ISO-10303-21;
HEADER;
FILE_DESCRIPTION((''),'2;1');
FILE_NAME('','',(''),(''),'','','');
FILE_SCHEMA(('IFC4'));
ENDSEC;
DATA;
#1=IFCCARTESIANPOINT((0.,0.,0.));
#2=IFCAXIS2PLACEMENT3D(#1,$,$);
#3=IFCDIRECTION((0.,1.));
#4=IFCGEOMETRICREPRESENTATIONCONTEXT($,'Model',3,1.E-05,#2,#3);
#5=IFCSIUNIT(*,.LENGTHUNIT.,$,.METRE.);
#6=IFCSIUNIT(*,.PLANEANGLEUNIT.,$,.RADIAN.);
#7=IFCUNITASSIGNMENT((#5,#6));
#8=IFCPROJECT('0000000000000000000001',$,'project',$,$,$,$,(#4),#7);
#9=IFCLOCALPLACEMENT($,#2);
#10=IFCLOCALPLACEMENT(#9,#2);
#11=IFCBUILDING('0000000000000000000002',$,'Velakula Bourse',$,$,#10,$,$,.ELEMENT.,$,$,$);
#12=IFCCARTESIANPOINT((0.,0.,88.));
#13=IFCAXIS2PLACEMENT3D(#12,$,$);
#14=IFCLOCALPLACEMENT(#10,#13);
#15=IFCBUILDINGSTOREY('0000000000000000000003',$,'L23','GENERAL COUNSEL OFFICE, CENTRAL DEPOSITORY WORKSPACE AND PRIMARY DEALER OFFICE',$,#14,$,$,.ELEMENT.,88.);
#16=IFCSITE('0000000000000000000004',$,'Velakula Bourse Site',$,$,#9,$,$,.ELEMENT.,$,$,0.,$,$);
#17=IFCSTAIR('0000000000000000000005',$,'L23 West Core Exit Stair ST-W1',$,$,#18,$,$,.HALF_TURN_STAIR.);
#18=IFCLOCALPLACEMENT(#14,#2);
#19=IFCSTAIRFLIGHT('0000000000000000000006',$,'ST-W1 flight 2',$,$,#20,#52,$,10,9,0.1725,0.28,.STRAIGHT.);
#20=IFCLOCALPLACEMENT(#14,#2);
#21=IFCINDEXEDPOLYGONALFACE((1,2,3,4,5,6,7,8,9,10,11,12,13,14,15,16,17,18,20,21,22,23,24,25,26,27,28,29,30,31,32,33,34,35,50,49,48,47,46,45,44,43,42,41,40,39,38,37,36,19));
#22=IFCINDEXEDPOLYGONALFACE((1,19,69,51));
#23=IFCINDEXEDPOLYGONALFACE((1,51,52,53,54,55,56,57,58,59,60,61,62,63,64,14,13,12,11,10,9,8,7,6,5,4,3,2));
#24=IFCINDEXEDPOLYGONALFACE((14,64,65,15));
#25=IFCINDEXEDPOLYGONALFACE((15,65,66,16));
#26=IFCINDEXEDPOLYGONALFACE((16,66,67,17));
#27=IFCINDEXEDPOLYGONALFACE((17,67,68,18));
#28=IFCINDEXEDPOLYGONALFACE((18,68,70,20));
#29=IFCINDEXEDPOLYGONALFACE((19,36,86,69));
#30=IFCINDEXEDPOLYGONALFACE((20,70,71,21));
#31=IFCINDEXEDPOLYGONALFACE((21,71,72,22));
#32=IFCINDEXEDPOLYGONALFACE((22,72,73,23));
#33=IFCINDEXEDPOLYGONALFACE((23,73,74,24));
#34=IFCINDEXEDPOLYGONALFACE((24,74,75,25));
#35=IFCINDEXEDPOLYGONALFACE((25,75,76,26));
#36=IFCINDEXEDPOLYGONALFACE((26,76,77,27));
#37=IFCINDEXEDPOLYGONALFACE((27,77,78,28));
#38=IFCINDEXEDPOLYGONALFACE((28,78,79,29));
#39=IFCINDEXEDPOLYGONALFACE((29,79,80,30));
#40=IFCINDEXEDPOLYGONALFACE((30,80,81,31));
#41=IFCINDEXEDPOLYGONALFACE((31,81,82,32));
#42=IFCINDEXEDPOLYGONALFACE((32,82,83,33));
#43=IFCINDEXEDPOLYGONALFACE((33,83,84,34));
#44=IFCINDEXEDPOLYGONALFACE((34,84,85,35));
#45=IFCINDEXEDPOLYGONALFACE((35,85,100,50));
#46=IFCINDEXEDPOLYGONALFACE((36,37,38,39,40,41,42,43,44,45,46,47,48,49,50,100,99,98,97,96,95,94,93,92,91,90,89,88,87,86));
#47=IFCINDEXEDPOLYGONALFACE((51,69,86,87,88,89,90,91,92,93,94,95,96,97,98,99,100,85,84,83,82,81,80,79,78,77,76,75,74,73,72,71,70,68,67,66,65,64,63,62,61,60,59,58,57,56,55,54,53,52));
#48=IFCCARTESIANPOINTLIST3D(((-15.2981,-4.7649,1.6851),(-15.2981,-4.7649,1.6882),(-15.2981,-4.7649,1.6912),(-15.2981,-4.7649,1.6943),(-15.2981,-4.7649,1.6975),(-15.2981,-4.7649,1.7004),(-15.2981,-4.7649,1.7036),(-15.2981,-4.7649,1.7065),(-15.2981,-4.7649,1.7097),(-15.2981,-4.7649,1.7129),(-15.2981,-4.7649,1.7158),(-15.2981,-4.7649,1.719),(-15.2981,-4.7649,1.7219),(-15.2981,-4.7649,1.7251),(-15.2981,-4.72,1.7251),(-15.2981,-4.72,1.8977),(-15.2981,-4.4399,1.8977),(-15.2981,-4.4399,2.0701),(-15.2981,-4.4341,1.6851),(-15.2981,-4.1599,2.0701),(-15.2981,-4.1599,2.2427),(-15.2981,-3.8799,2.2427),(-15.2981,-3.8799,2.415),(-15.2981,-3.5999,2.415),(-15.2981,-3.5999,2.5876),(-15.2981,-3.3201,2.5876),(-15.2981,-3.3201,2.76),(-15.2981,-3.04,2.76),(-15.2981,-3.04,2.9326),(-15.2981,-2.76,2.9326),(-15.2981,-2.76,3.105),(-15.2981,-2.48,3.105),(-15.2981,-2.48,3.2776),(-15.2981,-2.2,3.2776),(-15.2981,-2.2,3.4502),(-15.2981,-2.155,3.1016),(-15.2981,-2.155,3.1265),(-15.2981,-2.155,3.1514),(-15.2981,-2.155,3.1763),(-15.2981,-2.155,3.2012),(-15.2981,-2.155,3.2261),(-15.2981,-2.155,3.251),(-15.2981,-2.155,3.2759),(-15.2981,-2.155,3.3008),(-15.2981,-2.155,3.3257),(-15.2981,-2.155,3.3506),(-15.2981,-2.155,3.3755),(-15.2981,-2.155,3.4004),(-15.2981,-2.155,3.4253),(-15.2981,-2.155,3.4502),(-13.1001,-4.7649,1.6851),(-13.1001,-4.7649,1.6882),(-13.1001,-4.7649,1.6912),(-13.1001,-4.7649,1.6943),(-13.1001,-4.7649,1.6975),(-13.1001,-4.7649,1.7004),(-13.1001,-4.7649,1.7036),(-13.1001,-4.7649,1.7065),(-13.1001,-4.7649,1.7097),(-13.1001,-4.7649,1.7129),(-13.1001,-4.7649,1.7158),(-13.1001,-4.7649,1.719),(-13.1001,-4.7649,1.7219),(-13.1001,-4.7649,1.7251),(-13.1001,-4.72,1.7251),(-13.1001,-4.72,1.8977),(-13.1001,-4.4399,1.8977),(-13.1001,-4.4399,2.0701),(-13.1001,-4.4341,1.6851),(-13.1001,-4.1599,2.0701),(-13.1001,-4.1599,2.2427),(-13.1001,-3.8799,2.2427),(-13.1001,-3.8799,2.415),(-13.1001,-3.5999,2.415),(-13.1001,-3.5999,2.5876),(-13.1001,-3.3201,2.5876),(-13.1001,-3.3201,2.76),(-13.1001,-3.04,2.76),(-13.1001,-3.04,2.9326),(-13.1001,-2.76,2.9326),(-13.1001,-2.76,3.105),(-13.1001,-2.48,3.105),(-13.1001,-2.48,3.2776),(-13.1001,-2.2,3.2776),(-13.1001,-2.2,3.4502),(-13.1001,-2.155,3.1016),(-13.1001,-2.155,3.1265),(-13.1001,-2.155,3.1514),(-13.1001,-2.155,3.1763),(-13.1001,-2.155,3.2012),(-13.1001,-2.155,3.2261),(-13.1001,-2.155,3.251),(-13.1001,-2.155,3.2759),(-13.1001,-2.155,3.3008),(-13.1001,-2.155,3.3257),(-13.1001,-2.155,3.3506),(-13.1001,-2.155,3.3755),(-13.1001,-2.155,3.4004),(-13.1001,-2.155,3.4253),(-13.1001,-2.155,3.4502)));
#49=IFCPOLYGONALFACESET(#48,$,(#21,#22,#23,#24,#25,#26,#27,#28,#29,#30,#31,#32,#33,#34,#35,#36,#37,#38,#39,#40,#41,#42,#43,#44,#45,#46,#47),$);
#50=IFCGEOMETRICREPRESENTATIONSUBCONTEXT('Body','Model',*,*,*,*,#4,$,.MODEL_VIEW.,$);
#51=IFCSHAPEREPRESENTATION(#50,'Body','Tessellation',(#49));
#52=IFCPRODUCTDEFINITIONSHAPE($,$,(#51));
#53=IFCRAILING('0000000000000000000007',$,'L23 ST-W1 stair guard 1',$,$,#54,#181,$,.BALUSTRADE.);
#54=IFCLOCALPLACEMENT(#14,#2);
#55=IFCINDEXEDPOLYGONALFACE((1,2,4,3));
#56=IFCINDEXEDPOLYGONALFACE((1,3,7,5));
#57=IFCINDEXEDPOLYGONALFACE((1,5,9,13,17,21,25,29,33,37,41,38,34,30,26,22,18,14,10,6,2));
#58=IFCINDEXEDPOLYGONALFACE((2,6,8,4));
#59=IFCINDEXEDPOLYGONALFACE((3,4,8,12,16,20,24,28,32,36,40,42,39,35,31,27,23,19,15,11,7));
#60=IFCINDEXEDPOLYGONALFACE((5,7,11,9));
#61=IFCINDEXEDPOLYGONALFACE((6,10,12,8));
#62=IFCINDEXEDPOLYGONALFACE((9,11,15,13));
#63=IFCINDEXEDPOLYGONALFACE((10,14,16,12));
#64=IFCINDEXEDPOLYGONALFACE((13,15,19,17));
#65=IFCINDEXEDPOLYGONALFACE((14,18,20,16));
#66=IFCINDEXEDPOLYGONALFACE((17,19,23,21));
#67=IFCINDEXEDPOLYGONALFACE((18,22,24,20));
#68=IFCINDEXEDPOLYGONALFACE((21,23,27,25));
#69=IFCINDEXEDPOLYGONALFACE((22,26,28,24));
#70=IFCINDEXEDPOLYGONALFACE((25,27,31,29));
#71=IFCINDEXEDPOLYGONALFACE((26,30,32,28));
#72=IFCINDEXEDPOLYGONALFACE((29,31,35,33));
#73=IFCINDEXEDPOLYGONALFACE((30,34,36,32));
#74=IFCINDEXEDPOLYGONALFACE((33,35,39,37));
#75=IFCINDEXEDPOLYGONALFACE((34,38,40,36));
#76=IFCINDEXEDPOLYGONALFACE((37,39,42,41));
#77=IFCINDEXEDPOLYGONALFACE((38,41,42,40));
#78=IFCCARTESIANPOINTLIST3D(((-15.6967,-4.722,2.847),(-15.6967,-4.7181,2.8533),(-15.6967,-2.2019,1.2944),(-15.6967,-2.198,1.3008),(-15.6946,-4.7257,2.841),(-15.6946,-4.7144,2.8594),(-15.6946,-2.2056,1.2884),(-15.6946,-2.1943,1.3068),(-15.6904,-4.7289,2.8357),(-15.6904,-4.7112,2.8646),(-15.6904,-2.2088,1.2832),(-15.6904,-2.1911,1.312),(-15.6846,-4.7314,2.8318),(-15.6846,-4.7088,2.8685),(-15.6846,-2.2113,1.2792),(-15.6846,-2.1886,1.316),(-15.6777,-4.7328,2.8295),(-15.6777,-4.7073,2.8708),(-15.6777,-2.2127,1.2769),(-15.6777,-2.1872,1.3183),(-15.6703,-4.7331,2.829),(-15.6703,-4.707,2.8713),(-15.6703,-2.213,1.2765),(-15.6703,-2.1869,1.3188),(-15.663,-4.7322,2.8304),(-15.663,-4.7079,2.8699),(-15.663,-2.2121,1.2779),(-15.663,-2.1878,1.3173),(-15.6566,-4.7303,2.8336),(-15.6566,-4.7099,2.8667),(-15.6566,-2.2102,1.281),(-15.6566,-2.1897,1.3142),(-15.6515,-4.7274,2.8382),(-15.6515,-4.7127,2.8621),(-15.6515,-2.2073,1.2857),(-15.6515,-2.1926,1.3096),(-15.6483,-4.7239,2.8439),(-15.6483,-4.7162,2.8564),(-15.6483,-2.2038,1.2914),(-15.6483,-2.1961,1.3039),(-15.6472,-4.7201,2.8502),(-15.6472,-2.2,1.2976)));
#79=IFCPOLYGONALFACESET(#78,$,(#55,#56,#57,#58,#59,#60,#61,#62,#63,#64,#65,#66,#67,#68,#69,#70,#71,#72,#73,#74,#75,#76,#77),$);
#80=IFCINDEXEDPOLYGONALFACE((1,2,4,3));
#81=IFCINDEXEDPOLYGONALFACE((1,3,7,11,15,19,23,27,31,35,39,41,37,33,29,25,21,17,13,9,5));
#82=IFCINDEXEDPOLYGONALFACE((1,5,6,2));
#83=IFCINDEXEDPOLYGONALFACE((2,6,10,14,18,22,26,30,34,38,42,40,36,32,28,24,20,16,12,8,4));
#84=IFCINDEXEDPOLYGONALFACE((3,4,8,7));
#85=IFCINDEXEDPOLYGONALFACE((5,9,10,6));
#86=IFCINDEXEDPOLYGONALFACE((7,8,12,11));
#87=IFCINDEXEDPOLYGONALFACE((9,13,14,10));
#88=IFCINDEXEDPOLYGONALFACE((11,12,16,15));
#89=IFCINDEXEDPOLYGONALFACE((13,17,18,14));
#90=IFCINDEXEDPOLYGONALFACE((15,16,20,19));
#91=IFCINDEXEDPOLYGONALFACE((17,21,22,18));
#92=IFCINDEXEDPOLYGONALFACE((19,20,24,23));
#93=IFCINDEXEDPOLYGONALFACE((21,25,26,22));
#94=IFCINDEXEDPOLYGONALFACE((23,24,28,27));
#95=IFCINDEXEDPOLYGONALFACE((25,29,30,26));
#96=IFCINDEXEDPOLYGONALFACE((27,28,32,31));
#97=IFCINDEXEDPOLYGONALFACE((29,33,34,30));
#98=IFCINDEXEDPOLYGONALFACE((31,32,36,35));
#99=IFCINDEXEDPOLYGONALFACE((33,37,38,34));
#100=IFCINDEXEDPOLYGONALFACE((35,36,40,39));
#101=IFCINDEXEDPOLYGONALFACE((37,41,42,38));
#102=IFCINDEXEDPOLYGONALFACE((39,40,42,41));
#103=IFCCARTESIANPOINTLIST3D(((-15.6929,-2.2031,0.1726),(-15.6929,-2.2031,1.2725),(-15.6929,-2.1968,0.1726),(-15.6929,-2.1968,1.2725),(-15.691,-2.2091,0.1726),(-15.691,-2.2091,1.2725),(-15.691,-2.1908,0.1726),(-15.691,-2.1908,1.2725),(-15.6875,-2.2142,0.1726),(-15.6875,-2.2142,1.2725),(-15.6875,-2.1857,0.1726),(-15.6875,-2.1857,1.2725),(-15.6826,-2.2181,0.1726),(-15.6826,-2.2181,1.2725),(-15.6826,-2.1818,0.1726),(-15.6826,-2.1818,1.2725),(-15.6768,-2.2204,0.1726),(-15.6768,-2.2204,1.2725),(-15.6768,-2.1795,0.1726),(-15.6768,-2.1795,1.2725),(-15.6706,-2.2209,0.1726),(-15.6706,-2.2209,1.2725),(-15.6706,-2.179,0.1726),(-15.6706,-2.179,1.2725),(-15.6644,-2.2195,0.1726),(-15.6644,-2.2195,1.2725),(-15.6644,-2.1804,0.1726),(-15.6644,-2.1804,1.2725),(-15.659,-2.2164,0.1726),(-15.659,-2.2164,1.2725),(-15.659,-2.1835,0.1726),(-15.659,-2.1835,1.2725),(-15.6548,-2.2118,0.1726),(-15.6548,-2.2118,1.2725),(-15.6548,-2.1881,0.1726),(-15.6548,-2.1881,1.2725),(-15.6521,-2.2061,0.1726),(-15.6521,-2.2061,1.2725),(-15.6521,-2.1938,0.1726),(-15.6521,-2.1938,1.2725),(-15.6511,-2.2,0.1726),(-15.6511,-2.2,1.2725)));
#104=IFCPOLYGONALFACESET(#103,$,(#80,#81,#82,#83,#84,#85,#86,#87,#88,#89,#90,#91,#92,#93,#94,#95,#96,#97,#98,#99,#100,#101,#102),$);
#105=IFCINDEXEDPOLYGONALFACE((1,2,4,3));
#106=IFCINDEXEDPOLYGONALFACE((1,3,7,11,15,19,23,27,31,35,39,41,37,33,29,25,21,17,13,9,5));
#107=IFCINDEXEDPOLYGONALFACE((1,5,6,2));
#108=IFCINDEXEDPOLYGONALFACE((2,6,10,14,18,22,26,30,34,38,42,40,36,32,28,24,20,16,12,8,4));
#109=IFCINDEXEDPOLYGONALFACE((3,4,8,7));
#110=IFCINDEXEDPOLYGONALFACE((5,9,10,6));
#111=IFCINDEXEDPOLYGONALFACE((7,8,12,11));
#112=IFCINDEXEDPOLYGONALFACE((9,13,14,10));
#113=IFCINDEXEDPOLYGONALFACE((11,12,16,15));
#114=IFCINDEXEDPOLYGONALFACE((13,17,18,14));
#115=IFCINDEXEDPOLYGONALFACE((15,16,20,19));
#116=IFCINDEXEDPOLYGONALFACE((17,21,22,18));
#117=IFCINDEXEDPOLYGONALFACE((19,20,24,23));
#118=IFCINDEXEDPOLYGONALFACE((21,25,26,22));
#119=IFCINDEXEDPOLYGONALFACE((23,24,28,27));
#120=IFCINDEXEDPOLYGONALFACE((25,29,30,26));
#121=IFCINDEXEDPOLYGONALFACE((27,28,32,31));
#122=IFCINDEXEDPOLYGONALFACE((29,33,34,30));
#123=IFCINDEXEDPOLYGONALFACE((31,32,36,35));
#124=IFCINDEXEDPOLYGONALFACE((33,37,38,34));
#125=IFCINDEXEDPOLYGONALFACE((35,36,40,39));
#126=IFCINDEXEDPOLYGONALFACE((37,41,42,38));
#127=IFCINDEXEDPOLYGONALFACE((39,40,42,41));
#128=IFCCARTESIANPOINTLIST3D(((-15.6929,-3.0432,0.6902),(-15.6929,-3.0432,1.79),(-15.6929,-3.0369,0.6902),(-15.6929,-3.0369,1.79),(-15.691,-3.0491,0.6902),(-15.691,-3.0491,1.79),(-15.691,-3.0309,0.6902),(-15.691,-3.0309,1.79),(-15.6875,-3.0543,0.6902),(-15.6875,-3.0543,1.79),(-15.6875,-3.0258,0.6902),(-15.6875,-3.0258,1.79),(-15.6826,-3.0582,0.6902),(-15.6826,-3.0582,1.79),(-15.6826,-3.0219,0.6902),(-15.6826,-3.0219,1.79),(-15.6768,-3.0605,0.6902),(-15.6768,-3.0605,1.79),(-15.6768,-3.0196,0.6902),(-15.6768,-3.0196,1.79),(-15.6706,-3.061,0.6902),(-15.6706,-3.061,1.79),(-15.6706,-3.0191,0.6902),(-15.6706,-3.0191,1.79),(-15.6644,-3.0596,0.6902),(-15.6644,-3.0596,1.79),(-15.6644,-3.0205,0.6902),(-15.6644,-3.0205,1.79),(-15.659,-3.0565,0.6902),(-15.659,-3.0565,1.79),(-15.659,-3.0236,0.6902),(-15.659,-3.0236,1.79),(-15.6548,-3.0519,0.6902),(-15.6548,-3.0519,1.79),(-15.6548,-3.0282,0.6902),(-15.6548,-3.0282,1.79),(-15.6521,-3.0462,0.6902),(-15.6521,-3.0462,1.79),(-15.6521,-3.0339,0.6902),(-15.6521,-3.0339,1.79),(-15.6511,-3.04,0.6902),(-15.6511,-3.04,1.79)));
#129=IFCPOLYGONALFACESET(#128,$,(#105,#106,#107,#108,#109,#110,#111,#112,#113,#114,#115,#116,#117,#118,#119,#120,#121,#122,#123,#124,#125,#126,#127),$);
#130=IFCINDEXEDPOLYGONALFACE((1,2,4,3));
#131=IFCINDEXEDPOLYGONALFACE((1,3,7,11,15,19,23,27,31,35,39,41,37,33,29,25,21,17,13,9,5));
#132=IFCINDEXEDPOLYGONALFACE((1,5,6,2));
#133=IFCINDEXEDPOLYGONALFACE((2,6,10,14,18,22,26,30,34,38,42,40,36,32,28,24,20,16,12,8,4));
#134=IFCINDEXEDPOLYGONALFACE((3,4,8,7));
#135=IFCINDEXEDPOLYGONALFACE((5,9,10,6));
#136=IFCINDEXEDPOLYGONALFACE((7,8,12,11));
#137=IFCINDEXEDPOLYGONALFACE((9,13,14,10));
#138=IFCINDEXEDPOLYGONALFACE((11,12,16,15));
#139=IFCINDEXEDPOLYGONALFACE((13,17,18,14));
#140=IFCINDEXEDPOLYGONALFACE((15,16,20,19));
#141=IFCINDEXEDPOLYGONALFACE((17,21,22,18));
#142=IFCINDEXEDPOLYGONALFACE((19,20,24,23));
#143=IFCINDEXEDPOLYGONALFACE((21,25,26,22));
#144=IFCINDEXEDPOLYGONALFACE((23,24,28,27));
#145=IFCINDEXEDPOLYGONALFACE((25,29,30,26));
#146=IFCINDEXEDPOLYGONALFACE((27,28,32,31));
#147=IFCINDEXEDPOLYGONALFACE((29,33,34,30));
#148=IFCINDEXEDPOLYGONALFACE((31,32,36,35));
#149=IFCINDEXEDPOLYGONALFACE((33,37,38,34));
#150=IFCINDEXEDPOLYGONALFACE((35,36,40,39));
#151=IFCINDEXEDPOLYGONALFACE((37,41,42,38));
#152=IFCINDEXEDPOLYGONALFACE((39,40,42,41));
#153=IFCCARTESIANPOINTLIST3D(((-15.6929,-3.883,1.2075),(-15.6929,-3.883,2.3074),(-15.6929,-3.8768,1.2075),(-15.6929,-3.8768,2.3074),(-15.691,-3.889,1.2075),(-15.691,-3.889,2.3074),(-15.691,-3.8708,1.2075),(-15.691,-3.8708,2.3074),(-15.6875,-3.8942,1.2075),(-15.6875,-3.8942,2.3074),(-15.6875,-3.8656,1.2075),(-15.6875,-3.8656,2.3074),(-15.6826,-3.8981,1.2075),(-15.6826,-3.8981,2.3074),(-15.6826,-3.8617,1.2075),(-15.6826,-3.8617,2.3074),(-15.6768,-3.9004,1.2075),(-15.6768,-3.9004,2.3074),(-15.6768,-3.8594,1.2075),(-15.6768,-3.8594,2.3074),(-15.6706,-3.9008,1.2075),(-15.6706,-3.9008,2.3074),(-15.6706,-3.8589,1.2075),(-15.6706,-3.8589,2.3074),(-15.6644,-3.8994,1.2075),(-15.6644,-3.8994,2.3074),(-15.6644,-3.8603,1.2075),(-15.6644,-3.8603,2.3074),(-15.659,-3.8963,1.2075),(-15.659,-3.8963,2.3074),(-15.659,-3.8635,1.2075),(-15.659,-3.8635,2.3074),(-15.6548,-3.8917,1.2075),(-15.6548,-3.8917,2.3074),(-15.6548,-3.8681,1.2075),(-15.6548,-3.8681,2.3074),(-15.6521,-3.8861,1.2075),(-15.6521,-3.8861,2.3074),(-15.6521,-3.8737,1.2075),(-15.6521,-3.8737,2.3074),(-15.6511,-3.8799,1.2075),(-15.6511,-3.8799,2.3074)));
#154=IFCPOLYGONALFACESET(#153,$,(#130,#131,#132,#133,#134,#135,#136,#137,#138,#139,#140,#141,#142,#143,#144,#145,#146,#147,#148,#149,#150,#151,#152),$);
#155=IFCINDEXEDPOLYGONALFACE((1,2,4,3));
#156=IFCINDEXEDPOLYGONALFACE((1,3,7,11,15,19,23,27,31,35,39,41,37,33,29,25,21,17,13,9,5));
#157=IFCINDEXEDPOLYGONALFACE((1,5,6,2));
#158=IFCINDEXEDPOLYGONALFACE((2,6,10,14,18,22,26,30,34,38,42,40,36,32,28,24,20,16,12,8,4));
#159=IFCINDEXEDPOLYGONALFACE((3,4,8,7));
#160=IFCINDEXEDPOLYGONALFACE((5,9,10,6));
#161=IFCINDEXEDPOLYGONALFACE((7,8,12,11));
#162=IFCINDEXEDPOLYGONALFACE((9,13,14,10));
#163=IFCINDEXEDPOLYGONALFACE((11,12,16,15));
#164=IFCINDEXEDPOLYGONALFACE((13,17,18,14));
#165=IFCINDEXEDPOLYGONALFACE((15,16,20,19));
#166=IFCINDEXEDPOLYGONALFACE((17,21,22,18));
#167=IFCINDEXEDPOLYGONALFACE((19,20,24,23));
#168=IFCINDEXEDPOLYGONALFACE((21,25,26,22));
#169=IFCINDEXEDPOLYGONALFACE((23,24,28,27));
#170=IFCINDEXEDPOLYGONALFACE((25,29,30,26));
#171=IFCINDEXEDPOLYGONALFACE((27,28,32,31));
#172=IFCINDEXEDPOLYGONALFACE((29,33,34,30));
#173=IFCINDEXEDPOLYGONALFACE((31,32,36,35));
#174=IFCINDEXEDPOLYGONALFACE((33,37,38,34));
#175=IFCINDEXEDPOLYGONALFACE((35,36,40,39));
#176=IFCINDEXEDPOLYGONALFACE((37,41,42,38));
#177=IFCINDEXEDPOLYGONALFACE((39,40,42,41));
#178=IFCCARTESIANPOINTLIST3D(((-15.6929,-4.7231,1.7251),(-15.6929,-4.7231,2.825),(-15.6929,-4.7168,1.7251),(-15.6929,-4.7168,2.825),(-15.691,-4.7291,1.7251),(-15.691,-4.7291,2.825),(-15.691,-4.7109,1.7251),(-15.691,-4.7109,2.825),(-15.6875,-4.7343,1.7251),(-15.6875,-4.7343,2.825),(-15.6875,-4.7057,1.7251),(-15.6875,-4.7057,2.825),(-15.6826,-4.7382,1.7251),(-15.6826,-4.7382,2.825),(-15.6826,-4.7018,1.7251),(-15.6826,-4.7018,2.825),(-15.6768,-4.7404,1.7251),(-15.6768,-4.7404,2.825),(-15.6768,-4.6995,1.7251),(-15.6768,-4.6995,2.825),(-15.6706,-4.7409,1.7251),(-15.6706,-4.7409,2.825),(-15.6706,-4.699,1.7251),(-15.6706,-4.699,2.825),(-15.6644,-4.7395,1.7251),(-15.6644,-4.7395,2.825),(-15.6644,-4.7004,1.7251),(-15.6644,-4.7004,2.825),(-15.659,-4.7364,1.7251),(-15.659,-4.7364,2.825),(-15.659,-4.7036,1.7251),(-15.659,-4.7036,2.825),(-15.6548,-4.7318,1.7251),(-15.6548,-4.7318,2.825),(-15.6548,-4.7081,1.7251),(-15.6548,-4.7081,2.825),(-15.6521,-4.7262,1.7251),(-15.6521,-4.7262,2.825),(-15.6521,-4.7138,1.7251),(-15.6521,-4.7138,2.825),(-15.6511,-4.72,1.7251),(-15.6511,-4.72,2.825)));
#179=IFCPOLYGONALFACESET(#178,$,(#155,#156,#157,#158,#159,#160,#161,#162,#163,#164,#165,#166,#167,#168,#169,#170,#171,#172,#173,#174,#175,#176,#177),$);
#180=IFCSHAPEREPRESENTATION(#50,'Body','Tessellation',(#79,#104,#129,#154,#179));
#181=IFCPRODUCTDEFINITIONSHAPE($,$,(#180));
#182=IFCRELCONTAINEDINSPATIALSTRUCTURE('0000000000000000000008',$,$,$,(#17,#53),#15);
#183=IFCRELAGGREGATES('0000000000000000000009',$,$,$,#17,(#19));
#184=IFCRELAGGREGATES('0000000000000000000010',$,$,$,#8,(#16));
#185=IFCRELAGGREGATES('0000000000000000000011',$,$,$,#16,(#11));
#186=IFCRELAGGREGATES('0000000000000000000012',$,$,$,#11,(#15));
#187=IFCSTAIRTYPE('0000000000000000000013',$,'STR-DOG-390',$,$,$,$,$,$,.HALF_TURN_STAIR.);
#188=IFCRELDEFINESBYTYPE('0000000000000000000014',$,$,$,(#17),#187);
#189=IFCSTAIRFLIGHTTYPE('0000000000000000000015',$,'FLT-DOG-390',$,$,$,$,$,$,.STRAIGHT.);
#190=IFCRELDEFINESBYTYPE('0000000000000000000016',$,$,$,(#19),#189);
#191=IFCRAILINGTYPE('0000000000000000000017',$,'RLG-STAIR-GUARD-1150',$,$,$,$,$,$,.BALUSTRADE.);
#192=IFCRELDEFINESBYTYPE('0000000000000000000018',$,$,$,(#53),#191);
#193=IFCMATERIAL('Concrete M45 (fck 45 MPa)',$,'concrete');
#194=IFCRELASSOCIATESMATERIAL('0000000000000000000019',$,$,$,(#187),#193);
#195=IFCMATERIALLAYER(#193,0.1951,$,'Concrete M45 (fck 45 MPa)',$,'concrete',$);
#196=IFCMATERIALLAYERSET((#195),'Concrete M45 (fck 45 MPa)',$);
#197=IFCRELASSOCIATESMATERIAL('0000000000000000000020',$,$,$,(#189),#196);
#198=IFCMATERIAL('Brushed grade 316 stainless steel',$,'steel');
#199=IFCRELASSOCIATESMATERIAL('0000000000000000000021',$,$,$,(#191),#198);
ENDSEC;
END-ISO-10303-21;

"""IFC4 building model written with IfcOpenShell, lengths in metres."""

from ifc_helpers import new_model, si_unit, direction, frame, origin, origin_2d, place, context, subcontext, project, spatial, polyline, circle, outline, extrude, material, layer, layer_set, type_object, element, aggregate, save


model = new_model("IFC4")

# Units and contexts
model_context = context("Model", 3, precision=1e-05, world=origin(), true_north=direction((0.0, 1.0)))
body_context = subcontext(model_context, "Body", "Model", "MODEL_VIEW")
ifc_project = project(units=[si_unit("LENGTHUNIT", "METRE"), si_unit("PLANEANGLEUNIT", "RADIAN")], contexts=[model_context])

# Site, building, storey
site_placement = place(None, origin())
site = spatial("IfcSite", under=ifc_project, at=site_placement, Name="Velakula Bourse Site", CompositionType="ELEMENT", RefElevation=0.0)
building_placement = place(site_placement, origin())
building = spatial("IfcBuilding", under=site, at=building_placement, Name="Velakula Bourse", CompositionType="ELEMENT")
storey_placement = place(building_placement, frame((0.0, 0.0, 88.0)))
storey = spatial("IfcBuildingStorey", under=building, at=storey_placement, Name="L23", Description="GENERAL COUNSEL OFFICE, CENTRAL DEPOSITORY WORKSPACE AND PRIMARY DEALER OFFICE", CompositionType="ELEMENT", Elevation=88.0)

# Shared definitions
ifc_material_1 = material(Name="Brushed grade 316 stainless steel", Category="steel")

# Stair, stair flight
ifc_material_2 = material(Name="Concrete M45 (fck 45 MPa)", Category="concrete")
stair_type = type_object("IfcStairType", Name="STR-DOG-390", PredefinedType="HALF_TURN_STAIR", material=ifc_material_2)
stair_placement = place(storey_placement, origin())
stair = element("IfcStair", 1, at=stair_placement, inside=storey, type_object=stair_type, Name="L23 West Core Exit Stair ST-W1", PredefinedType="HALF_TURN_STAIR")
ifc_layer_1 = layer(ifc_material_2, 0.1951, Name="Concrete M45 (fck 45 MPa)", Category="concrete")
ifc_layer_set_1 = layer_set([ifc_layer_1], Name="Concrete M45 (fck 45 MPa)")
stair_flight_type = type_object("IfcStairFlightType", Name="FLT-DOG-390", PredefinedType="STRAIGHT", material=ifc_layer_set_1)
stair_flight_1_placement = place(storey_placement, frame((-14.199, -4.72, 1.7251), z_axis=(0.0, 0.0, 1.0), x_axis=(0.0, 1.0, 0.0)))
stair_flight_1 = element("IfcStairFlight", 2, at=stair_flight_1_placement, type_object=stair_flight_type, Name="ST-W1 flight 2", NumberOfRisers=10, NumberOfTreads=9, PredefinedType="STRAIGHT", RiserHeight=0.1725, TreadLength=0.28, context=body_context, shape_type="SweptSolid", body=[
    extrude(outline(polyline([(-0.0449, -0.04), (-0.0449, -0.0369), (-0.0449, -0.0339), (-0.0449, -0.0308), (-0.0449, -0.0276), (-0.0449, -0.0247), (-0.0449, -0.0215), (-0.0449, -0.0186), (-0.0449, -0.0154), (-0.0449, -0.0122), (-0.0449, -0.0093), (-0.0449, -0.0061), (-0.0449, -0.0032), (-0.0449, 0.0), (0.0, 0.0), (0.0, 0.1726), (0.28, 0.1726), (0.28, 0.345), (0.5601, 0.345), (0.5601, 0.5176), (0.8401, 0.5176), (0.8401, 0.6899), (1.1201, 0.6899), (1.1201, 0.8625), (1.3999, 0.8625), (1.3999, 1.0349), (1.6799, 1.0349), (1.6799, 1.2075), (1.96, 1.2075), (1.96, 1.3799), (2.24, 1.3799), (2.24, 1.5525), (2.52, 1.5525), (2.52, 1.7251), (2.5649, 1.7251), (2.5649, 1.7002), (2.5649, 1.6753), (2.5649, 1.6504), (2.5649, 1.6255), (2.5649, 1.6006), (2.5649, 1.5757), (2.5649, 1.5508), (2.5649, 1.5259), (2.5649, 1.501), (2.5649, 1.4761), (2.5649, 1.4512), (2.5649, 1.4263), (2.5649, 1.4014), (2.5649, 1.3765), (0.2859, -0.04), (-0.0449, -0.04)])), frame((0.0, 1.0991, 0.0), z_axis=(0.0, -1.0, 0.0), x_axis=(1.0, 0.0, 0.0)), (0.0, 0.0, 1.0), 2.198),
])
aggregate(stair, [stair_flight_1])

# Railing
railing_type_1 = type_object("IfcRailingType", Name="RLG-STAIR-GUARD-1150", PredefinedType="BALUSTRADE", material=ifc_material_1)
railing_1_placement = place(storey_placement, frame((-15.6721, -2.2, 0.1726)))
element("IfcRailing", 3, at=railing_1_placement, inside=storey, type_object=railing_type_1, Name="L23 ST-W1 stair guard 1", PredefinedType="BALUSTRADE", context=body_context, shape_type="SweptSolid", body=[
    extrude(circle(Radius=0.0249, at=origin_2d()), frame((0.0, 0.0, 1.125), z_axis=(0.0, -0.8514, 0.524516), x_axis=(1.0, 0.0, 0.0)), (0.0, 0.0, 1.0), 2.96),
    extrude(circle(Radius=0.021, at=origin_2d()), origin(), (0.0, 0.0, 1.0), 1.0999),
    extrude(circle(Radius=0.021, at=origin_2d()), frame((0.0, -0.8401, 0.5176)), (0.0, 0.0, 1.0), 1.0999),
    extrude(circle(Radius=0.021, at=origin_2d()), frame((0.0, -1.6799, 1.0349)), (0.0, 0.0, 1.0), 1.0999),
    extrude(circle(Radius=0.021, at=origin_2d()), frame((0.0, -2.52, 1.5525)), (0.0, 0.0, 1.0), 1.0999),
])

save(model, "model.ifc")
